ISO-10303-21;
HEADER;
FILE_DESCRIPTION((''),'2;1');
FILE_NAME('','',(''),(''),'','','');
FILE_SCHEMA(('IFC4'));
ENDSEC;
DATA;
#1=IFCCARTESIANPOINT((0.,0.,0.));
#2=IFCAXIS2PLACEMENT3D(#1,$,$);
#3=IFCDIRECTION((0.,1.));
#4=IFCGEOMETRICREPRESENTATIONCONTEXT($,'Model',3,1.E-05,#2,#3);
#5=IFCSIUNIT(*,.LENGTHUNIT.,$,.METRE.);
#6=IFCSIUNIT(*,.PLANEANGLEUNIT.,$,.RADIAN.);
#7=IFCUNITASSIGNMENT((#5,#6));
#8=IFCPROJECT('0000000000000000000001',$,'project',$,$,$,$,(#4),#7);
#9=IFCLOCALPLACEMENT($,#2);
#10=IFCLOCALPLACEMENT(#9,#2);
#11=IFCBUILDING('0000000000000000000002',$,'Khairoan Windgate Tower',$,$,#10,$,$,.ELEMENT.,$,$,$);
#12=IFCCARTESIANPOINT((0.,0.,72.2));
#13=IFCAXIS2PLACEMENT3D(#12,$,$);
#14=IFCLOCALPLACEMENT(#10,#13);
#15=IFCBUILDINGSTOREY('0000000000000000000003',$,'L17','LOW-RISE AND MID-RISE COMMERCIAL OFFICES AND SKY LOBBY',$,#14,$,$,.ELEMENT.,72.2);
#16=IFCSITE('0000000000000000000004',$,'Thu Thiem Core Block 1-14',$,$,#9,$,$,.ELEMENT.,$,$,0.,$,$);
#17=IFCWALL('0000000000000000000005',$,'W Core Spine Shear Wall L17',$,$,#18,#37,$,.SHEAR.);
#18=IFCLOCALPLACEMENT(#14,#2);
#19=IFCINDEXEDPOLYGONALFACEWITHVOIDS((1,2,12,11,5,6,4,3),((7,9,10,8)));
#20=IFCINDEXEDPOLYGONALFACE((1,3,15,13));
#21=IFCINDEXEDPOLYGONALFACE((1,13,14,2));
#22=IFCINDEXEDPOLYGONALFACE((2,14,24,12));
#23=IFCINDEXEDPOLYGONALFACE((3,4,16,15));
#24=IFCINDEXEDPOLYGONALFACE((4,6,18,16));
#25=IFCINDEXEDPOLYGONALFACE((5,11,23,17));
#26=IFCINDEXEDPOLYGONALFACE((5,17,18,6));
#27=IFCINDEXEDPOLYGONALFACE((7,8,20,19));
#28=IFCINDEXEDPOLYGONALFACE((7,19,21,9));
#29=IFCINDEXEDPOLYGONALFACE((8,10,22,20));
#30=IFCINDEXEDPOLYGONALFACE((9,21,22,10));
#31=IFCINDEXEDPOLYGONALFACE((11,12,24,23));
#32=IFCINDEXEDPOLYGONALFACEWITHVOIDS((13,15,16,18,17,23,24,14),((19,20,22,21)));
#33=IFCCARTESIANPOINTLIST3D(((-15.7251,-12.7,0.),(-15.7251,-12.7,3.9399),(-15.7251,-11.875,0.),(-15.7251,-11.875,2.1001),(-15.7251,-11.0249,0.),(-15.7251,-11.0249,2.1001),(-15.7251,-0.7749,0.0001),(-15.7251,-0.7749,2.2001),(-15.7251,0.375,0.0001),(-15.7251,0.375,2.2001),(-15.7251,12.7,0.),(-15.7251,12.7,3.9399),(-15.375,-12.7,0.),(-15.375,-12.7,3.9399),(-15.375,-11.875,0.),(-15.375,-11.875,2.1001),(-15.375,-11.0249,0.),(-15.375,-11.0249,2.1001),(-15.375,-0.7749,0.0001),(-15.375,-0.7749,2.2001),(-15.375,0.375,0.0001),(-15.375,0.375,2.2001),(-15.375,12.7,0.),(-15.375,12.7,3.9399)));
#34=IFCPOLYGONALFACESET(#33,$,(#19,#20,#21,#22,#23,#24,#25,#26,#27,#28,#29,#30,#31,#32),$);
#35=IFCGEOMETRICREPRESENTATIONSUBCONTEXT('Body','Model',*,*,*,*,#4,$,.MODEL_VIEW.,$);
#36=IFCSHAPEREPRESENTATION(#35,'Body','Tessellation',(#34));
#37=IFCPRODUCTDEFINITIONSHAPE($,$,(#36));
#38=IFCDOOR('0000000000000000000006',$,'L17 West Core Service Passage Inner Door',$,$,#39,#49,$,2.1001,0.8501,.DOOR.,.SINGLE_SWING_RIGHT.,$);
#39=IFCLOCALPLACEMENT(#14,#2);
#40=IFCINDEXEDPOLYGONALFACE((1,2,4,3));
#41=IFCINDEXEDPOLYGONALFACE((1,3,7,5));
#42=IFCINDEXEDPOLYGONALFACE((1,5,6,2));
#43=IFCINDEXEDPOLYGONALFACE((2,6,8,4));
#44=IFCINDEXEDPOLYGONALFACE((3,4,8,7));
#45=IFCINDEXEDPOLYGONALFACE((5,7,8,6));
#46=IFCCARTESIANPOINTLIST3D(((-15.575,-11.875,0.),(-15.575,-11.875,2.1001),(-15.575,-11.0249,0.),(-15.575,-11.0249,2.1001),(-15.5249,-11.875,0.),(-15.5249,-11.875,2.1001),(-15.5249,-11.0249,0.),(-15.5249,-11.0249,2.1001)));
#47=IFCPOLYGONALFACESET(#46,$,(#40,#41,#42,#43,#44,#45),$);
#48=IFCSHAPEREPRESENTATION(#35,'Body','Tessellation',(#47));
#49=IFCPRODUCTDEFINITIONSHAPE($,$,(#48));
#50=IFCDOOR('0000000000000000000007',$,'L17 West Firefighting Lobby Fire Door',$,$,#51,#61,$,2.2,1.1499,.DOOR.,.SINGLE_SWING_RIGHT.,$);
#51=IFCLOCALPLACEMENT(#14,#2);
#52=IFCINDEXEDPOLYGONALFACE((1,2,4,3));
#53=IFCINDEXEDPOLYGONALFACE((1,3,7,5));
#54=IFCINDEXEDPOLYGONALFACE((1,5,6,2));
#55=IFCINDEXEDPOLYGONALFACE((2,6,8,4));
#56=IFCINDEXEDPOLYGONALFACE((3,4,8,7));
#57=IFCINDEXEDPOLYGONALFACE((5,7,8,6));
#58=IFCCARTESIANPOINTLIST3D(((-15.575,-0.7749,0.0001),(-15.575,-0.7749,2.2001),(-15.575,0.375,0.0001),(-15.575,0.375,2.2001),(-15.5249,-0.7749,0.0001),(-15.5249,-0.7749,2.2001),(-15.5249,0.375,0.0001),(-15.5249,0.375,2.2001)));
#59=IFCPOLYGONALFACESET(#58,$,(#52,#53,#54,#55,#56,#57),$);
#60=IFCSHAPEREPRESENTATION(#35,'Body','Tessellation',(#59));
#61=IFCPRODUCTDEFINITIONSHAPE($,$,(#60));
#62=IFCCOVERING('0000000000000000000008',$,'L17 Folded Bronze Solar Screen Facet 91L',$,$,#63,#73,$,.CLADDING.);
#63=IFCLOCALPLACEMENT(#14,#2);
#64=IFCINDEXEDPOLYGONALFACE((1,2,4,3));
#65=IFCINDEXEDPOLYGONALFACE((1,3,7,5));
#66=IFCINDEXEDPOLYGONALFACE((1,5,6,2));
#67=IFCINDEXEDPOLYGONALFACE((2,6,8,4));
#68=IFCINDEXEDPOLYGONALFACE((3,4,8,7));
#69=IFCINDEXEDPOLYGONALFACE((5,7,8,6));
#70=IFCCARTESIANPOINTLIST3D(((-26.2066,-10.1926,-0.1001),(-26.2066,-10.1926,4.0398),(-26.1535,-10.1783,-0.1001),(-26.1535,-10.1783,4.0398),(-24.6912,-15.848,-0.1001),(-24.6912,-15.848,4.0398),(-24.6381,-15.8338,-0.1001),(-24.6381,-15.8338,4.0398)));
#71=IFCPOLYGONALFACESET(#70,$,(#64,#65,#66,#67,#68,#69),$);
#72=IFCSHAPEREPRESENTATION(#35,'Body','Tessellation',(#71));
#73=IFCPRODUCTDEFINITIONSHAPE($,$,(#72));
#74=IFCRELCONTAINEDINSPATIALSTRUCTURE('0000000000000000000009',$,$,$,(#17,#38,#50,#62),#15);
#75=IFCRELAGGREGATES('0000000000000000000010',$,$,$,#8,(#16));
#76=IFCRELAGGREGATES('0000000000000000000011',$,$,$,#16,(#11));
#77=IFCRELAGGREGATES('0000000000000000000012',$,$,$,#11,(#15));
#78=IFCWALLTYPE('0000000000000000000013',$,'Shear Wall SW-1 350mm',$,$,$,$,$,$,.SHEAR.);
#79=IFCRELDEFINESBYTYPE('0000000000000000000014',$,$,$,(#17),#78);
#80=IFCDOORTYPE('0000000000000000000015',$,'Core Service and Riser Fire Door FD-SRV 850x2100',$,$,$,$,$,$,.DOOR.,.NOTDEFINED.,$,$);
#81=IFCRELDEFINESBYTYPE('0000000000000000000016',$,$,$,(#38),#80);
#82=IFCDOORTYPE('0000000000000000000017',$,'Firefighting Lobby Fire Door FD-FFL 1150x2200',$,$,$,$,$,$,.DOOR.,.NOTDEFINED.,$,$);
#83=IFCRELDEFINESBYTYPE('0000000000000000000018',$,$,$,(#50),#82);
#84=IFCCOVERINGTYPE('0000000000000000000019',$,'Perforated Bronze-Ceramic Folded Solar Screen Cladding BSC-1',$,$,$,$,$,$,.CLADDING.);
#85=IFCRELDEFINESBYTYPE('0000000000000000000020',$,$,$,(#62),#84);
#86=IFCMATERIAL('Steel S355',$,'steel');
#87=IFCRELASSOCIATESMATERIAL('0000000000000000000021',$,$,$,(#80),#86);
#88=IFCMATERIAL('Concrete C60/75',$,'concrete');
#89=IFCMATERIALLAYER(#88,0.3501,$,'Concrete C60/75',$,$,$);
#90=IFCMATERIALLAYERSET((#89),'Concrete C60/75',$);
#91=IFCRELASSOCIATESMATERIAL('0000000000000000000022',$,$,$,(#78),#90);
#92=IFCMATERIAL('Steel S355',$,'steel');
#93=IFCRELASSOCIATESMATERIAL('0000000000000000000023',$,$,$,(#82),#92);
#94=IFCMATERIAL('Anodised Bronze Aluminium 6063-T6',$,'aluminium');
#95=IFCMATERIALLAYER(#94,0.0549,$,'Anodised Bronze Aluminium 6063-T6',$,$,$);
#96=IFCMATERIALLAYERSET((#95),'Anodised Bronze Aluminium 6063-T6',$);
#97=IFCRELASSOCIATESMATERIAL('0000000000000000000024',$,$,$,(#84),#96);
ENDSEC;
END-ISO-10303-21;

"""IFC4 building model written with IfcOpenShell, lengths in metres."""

from ifc_helpers import new_model, si_unit, direction, frame, frame_2d, origin, origin_2d, place, context, subcontext, project, spatial, rectangle, extrude, material, layer, layer_set, type_object, element, fill, save


model = new_model("IFC4")

# Units and contexts
model_context = context("Model", 3, precision=1e-05, world=origin(), true_north=direction((0.0, 1.0)))
body_context = subcontext(model_context, "Body", "Model", "MODEL_VIEW")
ifc_project = project(units=[si_unit("LENGTHUNIT", "METRE"), si_unit("PLANEANGLEUNIT", "RADIAN")], contexts=[model_context])

# Site, building, storey
site_placement = place(None, origin())
site = spatial("IfcSite", under=ifc_project, at=site_placement, Name="Thu Thiem Core Block 1-14", CompositionType="ELEMENT", RefElevation=0.0)
building_placement = place(site_placement, origin())
building = spatial("IfcBuilding", under=site, at=building_placement, Name="Khairoan Windgate Tower", CompositionType="ELEMENT")
storey_placement = place(building_placement, frame((0.0, 0.0, 72.2)))
storey = spatial("IfcBuildingStorey", under=building, at=storey_placement, Name="L17", Description="LOW-RISE AND MID-RISE COMMERCIAL OFFICES AND SKY LOBBY", CompositionType="ELEMENT", Elevation=72.2)

# Shared definitions
ifc_material_1 = material(Name="Steel S355", Category="steel")
door_type_1 = type_object("IfcDoorType", Name="Core Service and Riser Fire Door FD-SRV 850x2100", OperationType="NOTDEFINED", PredefinedType="DOOR", material=ifc_material_1)

# Wall, openings, doors
ifc_material_2 = material(Name="Concrete C60/75", Category="concrete")
ifc_layer_1 = layer(ifc_material_2, 0.3501, Name="Concrete C60/75")
ifc_layer_set_1 = layer_set([ifc_layer_1], Name="Concrete C60/75")
wall_type_1 = type_object("IfcWallType", Name="Shear Wall SW-1 350mm", PredefinedType="SHEAR", material=ifc_layer_set_1)
wall_1_placement = place(storey_placement, frame((-15.55, -12.7, 0.0), z_axis=(0.0, 0.0, 1.0), x_axis=(0.0, 1.0, 0.0)))
wall_1 = element("IfcWall", 1, at=wall_1_placement, inside=storey, type_object=wall_type_1, Name="W Core Spine Shear Wall L17", PredefinedType="SHEAR", context=body_context, shape_type="SweptSolid", body=[
    extrude(rectangle(XDim=25.3999, YDim=0.3501, at=frame_2d((12.7, 0.0))), origin(), (0.0, 0.0, 1.0), 3.9399),
])
opening_1_placement = place(wall_1_placement, frame((11.925, 0.0, 0.0)))
opening_1 = element("IfcOpeningElement", 2, at=opening_1_placement, cuts=wall_1, PredefinedType="OPENING", context=body_context, shape_type="SweptSolid", body=[
    extrude(rectangle(XDim=1.1499, YDim=2.2, at=frame_2d((0.575, 1.1001))), frame((0.0, 0.1851, 0.0), z_axis=(0.0, -1.0, 0.0), x_axis=(1.0, 0.0, 0.0)), (0.0, 0.0, 1.0), 0.3701),
])
opening_2_placement = place(wall_1_placement, frame((0.825, 0.0, 0.0)))
opening_2 = element("IfcOpeningElement", 3, at=opening_2_placement, cuts=wall_1, PredefinedType="OPENING", context=body_context, shape_type="SweptSolid", body=[
    extrude(rectangle(XDim=0.8501, YDim=2.1001, at=frame_2d((0.425, 1.05))), frame((0.0, 0.1851, 0.0), z_axis=(0.0, -1.0, 0.0), x_axis=(1.0, 0.0, 0.0)), (0.0, 0.0, 1.0), 0.3701),
])
door_1_placement = place(opening_2_placement, origin())
door_1 = element("IfcDoor", 4, at=door_1_placement, inside=storey, type_object=door_type_1, Name="L17 West Core Service Passage Inner Door", OperationType="SINGLE_SWING_RIGHT", OverallHeight=2.1001, OverallWidth=0.8501, PredefinedType="DOOR", context=body_context, shape_type="SweptSolid", body=[
    extrude(rectangle(XDim=0.8501, YDim=2.1001, at=frame_2d((0.425, 1.05))), frame((0.0, 0.0249, 0.0), z_axis=(0.0, -1.0, 0.0), x_axis=(1.0, 0.0, 0.0)), (0.0, 0.0, 1.0), 0.05),
])
fill(opening_2, door_1)
ifc_material_3 = material(Name="Steel S355", Category="steel")
door_type_2 = type_object("IfcDoorType", Name="Firefighting Lobby Fire Door FD-FFL 1150x2200", OperationType="NOTDEFINED", PredefinedType="DOOR", material=ifc_material_3)
door_2_placement = place(opening_1_placement, origin())
door_2 = element("IfcDoor", 5, at=door_2_placement, inside=storey, type_object=door_type_2, Name="L17 West Firefighting Lobby Fire Door", OperationType="SINGLE_SWING_RIGHT", OverallHeight=2.2, OverallWidth=1.1499, PredefinedType="DOOR", context=body_context, shape_type="SweptSolid", body=[
    extrude(rectangle(XDim=1.1499, YDim=2.2, at=frame_2d((0.575, 1.1001))), frame((0.0, 0.0249, 0.0), z_axis=(0.0, -1.0, 0.0), x_axis=(1.0, 0.0, 0.0)), (0.0, 0.0, 1.0), 0.05),
])
fill(opening_1, door_2)

# Covering
ifc_material_4 = material(Name="Anodised Bronze Aluminium 6063-T6", Category="aluminium")
ifc_layer_2 = layer(ifc_material_4, 0.0549, Name="Anodised Bronze Aluminium 6063-T6")
ifc_layer_set_2 = layer_set([ifc_layer_2], Name="Anodised Bronze Aluminium 6063-T6")
covering_type = type_object("IfcCoveringType", Name="Perforated Bronze-Ceramic Folded Solar Screen Cladding BSC-1", PredefinedType="CLADDING", material=ifc_layer_set_2)
covering_placement = place(storey_placement, frame((-25.4224, -13.0132, -0.1001), z_axis=(0.0, 0.0, 1.0), x_axis=(-0.258819, 0.965926, 0.0)))
element("IfcCovering", 6, at=covering_placement, inside=storey, type_object=covering_type, Name="L17 Folded Bronze Solar Screen Facet 91L", PredefinedType="CLADDING", context=body_context, shape_type="SweptSolid", body=[
    extrude(rectangle(XDim=5.855, YDim=0.0549, at=origin_2d()), origin(), (0.0, 0.0, 1.0), 4.1399),
])

save(model, "model.ifc")
